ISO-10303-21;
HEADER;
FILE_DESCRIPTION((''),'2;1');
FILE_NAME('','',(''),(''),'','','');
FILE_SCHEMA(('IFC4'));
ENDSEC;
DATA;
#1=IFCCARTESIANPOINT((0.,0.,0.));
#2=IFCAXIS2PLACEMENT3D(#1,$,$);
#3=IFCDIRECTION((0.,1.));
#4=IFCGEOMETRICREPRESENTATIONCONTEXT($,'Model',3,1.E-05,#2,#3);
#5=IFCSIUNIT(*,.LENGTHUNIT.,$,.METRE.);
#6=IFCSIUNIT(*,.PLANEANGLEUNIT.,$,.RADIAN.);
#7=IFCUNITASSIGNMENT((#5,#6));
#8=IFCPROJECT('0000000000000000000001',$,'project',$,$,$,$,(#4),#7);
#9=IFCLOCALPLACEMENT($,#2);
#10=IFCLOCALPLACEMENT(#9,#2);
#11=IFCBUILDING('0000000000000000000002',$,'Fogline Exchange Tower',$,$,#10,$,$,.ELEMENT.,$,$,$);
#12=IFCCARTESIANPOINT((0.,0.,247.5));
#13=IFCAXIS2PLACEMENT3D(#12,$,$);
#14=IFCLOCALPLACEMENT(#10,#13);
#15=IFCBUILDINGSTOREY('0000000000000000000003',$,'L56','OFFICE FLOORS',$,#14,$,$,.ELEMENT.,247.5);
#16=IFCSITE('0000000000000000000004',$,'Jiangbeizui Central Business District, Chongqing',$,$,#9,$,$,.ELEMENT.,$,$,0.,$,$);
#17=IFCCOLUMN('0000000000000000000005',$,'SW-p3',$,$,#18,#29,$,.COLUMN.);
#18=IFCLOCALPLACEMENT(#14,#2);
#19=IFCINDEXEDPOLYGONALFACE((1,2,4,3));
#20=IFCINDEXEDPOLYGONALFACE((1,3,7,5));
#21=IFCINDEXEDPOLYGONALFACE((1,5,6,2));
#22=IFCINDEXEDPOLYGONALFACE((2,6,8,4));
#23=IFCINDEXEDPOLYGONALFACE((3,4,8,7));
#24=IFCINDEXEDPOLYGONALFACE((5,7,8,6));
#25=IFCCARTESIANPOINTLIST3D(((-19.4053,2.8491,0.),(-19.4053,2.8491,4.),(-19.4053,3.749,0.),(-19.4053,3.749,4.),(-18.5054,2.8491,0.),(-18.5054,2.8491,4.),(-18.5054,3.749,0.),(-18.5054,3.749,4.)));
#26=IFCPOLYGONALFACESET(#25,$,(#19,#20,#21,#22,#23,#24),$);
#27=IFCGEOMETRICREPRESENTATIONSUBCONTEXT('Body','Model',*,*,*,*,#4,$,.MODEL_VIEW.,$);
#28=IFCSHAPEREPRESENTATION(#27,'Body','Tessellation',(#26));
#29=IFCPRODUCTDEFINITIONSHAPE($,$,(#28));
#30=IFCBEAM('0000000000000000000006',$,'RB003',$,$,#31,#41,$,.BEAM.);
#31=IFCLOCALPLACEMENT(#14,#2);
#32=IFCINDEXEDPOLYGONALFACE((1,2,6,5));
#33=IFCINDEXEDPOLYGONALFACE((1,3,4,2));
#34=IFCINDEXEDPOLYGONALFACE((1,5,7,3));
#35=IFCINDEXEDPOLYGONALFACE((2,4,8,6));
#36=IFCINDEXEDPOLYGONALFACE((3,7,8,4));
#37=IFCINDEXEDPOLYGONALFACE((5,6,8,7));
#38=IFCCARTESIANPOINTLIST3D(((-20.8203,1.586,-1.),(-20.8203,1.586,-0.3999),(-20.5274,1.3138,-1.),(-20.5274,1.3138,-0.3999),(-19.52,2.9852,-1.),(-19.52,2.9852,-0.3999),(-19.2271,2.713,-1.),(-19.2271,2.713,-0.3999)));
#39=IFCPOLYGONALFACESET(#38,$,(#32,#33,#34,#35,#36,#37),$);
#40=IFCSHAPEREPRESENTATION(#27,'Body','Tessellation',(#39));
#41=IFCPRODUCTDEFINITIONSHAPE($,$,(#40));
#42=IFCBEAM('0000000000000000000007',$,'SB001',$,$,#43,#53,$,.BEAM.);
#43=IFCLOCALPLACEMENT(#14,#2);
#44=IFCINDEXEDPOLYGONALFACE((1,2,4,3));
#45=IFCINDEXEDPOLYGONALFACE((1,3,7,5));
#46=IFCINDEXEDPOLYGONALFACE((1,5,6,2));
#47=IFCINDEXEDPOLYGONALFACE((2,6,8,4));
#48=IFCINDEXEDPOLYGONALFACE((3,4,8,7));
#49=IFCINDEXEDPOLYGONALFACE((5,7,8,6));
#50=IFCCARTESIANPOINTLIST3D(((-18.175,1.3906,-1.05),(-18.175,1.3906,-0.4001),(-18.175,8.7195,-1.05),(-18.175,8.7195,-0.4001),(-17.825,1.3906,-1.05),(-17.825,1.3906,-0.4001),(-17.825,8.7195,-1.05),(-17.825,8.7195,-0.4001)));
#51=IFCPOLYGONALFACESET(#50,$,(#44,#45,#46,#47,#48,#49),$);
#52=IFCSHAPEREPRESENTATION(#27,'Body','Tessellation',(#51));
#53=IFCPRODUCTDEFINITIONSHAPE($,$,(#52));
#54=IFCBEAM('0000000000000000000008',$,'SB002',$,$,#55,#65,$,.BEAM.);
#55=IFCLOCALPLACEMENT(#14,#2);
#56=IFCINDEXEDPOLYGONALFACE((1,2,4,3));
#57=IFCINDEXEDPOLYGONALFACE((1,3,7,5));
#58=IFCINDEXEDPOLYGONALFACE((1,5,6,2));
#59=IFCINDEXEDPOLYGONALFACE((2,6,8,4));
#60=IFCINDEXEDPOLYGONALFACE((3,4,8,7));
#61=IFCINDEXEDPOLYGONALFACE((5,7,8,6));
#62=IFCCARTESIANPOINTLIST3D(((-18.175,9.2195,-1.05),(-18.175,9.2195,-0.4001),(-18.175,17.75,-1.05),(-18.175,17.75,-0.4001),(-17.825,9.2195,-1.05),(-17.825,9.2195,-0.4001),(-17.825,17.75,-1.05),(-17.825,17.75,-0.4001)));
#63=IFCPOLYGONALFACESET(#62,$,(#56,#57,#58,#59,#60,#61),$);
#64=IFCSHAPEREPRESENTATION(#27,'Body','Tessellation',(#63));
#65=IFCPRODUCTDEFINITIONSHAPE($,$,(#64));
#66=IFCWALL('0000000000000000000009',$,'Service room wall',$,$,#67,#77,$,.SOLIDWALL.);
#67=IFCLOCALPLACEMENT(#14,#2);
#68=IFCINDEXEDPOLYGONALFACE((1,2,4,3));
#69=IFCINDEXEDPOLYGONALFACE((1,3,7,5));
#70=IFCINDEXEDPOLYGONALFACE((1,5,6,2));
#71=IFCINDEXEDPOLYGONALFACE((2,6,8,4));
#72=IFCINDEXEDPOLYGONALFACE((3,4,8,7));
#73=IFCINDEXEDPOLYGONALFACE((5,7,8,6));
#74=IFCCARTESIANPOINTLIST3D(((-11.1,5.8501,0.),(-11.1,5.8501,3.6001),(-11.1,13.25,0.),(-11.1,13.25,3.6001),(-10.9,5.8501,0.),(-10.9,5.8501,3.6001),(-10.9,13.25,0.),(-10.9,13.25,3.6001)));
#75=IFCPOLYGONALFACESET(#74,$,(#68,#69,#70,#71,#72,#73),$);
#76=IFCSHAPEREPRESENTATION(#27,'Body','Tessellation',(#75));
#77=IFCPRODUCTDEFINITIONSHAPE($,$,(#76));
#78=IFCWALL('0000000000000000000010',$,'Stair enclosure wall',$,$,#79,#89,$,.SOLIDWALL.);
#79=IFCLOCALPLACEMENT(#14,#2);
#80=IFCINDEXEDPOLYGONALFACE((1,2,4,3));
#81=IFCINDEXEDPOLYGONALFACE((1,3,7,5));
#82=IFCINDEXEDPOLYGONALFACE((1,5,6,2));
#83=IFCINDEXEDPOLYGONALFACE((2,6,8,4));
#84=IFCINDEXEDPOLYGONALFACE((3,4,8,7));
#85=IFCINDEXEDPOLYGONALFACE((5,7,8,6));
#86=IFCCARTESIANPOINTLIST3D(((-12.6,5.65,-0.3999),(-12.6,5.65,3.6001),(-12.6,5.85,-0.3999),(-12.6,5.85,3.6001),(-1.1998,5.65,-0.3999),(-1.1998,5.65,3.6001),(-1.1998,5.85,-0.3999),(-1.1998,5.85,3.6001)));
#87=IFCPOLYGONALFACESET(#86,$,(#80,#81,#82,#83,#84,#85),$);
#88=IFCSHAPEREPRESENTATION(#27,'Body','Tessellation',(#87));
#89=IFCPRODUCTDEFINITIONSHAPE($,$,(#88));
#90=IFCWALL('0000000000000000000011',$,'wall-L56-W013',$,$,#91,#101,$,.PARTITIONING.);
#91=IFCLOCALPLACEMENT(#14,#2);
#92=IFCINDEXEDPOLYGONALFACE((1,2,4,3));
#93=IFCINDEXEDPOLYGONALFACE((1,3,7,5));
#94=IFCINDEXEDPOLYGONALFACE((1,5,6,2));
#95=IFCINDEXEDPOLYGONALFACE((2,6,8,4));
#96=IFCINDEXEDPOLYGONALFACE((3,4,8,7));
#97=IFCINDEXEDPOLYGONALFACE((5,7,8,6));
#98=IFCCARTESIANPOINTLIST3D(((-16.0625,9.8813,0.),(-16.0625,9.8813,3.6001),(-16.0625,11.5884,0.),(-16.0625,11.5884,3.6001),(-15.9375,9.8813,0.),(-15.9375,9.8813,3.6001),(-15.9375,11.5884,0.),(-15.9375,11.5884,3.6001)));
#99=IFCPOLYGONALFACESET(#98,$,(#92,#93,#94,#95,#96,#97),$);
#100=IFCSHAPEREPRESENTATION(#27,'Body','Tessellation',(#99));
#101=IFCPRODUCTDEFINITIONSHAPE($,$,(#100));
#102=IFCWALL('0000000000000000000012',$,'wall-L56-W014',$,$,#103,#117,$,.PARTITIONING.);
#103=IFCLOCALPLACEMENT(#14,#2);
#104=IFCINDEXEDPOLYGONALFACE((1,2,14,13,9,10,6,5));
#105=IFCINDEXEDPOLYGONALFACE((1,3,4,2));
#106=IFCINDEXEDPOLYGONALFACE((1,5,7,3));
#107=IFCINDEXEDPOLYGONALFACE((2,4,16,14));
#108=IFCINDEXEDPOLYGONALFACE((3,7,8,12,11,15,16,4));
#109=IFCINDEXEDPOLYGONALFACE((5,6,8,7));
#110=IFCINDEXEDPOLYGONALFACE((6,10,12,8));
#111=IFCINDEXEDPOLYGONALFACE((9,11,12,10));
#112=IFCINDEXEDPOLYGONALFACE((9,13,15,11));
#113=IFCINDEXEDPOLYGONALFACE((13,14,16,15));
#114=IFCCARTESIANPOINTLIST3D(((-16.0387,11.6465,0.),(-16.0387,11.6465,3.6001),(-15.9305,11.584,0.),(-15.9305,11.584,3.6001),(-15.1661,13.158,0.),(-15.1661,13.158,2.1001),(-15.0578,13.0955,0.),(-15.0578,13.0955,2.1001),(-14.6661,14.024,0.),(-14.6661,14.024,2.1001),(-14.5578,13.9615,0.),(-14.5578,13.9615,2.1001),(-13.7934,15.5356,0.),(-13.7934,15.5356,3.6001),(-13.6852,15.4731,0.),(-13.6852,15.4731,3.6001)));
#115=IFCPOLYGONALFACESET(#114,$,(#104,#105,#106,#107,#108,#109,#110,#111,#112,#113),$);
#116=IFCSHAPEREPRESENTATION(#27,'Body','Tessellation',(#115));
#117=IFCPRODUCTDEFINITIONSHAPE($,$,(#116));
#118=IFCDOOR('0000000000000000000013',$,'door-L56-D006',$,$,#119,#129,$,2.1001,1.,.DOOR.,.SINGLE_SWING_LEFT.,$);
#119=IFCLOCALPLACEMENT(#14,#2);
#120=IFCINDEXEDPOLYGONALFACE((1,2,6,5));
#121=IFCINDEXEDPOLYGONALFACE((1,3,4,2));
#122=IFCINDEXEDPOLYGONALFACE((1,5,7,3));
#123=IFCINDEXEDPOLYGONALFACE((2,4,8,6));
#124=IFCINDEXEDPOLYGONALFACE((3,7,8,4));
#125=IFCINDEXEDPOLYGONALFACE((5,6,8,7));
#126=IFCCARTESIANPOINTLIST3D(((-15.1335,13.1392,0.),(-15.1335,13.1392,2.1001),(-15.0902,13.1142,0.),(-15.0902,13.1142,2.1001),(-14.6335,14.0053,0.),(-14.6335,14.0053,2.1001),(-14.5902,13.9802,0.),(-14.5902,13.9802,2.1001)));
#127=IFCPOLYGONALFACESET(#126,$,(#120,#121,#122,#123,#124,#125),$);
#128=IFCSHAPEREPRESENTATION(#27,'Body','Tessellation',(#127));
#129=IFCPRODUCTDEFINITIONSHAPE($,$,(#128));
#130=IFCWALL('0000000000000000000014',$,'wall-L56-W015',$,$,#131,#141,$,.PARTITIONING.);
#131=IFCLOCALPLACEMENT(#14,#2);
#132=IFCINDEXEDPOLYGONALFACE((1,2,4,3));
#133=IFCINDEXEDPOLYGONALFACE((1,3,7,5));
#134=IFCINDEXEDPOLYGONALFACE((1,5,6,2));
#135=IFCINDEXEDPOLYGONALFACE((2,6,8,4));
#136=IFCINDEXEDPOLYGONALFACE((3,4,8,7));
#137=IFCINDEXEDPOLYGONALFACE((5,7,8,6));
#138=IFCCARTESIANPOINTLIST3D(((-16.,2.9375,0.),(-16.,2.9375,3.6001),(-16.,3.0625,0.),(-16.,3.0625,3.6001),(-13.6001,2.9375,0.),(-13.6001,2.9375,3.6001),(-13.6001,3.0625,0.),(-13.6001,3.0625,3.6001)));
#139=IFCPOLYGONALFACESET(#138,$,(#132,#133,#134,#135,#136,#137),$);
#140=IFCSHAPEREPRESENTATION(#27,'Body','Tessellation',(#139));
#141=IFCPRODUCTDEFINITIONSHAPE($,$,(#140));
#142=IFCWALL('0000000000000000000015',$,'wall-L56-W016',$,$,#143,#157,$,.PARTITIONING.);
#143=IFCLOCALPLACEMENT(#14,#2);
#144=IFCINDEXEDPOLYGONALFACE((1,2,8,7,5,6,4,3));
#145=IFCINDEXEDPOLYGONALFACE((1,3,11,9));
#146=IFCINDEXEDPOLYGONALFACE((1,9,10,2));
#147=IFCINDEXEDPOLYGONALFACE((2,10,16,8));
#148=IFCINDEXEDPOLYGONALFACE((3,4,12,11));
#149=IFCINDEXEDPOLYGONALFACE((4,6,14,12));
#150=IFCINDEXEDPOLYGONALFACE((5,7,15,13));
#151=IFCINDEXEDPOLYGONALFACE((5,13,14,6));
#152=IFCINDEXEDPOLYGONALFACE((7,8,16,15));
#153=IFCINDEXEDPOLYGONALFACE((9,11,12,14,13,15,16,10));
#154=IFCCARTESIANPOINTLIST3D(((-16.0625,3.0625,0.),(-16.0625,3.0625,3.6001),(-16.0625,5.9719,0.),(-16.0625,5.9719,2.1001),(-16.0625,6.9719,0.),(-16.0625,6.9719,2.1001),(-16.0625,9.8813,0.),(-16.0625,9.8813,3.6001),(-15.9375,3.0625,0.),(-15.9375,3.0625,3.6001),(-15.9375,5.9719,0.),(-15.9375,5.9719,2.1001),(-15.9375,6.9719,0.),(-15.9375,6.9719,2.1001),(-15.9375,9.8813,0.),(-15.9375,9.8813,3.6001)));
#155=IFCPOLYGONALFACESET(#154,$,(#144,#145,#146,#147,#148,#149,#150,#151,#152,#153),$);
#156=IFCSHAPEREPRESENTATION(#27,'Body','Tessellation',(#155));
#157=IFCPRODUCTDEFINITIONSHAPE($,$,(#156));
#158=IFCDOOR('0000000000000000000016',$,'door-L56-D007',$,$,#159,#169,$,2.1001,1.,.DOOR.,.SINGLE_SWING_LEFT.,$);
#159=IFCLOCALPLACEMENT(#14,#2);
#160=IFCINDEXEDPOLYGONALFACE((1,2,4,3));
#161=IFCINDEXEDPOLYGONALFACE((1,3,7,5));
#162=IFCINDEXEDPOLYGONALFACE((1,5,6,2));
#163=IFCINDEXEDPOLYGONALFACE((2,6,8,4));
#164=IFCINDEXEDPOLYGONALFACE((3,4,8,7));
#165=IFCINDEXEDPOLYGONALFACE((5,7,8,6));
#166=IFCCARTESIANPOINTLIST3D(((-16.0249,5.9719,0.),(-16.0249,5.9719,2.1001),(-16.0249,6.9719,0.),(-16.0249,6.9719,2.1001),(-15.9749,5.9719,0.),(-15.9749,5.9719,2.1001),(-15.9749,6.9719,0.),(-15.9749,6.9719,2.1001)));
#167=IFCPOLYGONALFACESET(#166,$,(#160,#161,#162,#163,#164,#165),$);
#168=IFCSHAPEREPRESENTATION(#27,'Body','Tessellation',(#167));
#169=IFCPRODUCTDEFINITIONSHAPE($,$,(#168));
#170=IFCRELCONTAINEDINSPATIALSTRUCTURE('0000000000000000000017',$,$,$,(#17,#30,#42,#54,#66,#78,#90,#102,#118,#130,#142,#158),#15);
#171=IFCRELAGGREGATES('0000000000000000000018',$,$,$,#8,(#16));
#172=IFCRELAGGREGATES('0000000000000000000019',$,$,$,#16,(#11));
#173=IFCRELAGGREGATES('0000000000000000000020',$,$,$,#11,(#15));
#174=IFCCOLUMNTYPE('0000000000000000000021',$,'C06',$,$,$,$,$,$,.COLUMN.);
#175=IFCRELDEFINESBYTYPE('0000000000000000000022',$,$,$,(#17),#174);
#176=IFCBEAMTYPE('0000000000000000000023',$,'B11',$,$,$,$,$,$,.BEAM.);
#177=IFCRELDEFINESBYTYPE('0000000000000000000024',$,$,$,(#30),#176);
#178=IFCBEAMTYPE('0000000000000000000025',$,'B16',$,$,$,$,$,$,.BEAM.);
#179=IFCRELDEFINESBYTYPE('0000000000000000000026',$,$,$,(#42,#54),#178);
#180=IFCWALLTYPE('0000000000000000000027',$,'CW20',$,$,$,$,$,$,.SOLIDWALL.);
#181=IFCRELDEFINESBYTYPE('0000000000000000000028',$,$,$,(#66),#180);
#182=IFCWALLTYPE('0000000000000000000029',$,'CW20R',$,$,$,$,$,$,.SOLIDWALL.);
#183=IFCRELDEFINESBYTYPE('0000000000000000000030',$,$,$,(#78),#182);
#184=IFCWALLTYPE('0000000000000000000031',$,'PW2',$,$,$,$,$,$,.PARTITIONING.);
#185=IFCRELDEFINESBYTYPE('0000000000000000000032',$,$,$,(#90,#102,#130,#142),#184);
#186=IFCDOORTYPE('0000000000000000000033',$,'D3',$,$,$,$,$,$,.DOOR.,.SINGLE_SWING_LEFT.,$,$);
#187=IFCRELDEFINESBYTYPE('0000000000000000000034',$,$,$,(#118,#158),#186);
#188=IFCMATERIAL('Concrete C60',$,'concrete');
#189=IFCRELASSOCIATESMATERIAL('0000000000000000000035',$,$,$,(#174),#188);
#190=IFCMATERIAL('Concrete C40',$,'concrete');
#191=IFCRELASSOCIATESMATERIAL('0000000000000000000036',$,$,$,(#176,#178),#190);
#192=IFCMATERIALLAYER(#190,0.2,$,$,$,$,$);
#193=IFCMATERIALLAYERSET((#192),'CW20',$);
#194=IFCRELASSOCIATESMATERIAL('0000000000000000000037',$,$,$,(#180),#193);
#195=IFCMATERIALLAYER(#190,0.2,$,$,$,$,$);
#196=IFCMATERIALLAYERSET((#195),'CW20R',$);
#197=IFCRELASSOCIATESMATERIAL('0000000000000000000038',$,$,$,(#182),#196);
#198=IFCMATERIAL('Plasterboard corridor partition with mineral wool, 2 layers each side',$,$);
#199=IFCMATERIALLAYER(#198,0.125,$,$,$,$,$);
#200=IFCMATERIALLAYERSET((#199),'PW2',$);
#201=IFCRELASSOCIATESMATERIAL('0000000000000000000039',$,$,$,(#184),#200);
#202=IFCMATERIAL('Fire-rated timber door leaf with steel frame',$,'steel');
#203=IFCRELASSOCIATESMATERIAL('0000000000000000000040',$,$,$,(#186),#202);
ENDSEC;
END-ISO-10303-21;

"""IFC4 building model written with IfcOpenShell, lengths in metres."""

from ifc_helpers import new_model, si_unit, direction, frame, frame_2d, origin, origin_2d, place, context, subcontext, project, spatial, rectangle, extrude, material, layer, layer_set, material_profile, profile_set, type_object, element, fill, save


model = new_model("IFC4")

# Units and contexts
model_context = context("Model", 3, precision=1e-05, world=origin(), true_north=direction((0.0, 1.0)))
body_context = subcontext(model_context, "Body", "Model", "MODEL_VIEW")
ifc_project = project(units=[si_unit("LENGTHUNIT", "METRE"), si_unit("PLANEANGLEUNIT", "RADIAN")], contexts=[model_context])

# Site, building, storey
site_placement = place(None, origin())
site = spatial("IfcSite", under=ifc_project, at=site_placement, Name="Jiangbeizui Central Business District, Chongqing", CompositionType="ELEMENT", RefElevation=0.0)
building_placement = place(site_placement, origin())
building = spatial("IfcBuilding", under=site, at=building_placement, Name="Fogline Exchange Tower", CompositionType="ELEMENT")
storey_placement = place(building_placement, frame((0.0, 0.0, 247.5)))
storey = spatial("IfcBuildingStorey", under=building, at=storey_placement, Name="L56", Description="OFFICE FLOORS", CompositionType="ELEMENT", Elevation=247.5)

# Column
ifc_material_1 = material(Name="Concrete C60", Category="concrete")
ifc_material_profile_1 = material_profile(ifc_material_1, rectangle(XDim=0.8999, YDim=0.8999, at=origin_2d()), Name="RC 900x900")
ifc_profile_set_1 = profile_set([ifc_material_profile_1], Name="Concrete C60")
column_type = type_object("IfcColumnType", Name="C06", PredefinedType="COLUMN", material=ifc_profile_set_1)
column_placement = place(storey_placement, frame((-18.9553, 3.2991, 0.0), z_axis=(0.0, 0.0, 1.0), x_axis=(1.0, 0.0, 0.0)))
element("IfcColumn", 1, at=column_placement, inside=storey, type_object=column_type, Name="SW-p3", PredefinedType="COLUMN", context=body_context, shape_type="SweptSolid", body=[
    extrude(rectangle(XDim=0.8999, YDim=0.8999, at=origin_2d()), origin(), (0.0, 0.0, 1.0), 4.0),
])

# Beams
ifc_material_2 = material(Name="Concrete C40", Category="concrete")
ifc_material_profile_2 = material_profile(ifc_material_2, rectangle(XDim=0.3999, YDim=0.6001, at=origin_2d()), Name="RC 400x600")
ifc_profile_set_2 = profile_set([ifc_material_profile_2], Name="Concrete C40")
beam_type_1 = type_object("IfcBeamType", Name="B11", PredefinedType="BEAM", material=ifc_profile_set_2)
beam_1_placement = place(storey_placement, frame((-19.3735, 2.8491, -0.7), z_axis=(-0.68075, -0.732516, 0.0), x_axis=(0.732516, -0.68075, 0.0)))
element("IfcBeam", 2, at=beam_1_placement, inside=storey, type_object=beam_type_1, Name="RB003", PredefinedType="BEAM", context=body_context, shape_type="SweptSolid", body=[
    extrude(rectangle(XDim=0.3999, YDim=0.6001, at=origin_2d()), origin(), (0.0, 0.0, 1.0), 1.9102),
])
ifc_material_profile_3 = material_profile(ifc_material_2, rectangle(XDim=0.3501, YDim=0.6499, at=origin_2d()), Name="RC 350x650")
ifc_profile_set_3 = profile_set([ifc_material_profile_3], Name="Concrete C40")
beam_type_2 = type_object("IfcBeamType", Name="B16", PredefinedType="BEAM", material=ifc_profile_set_3)
beam_2_placement = place(storey_placement, frame((-18.0, 1.3906, -0.7251), z_axis=(0.0, 1.0, 0.0), x_axis=(-1.0, 0.0, 0.0)))
element("IfcBeam", 3, at=beam_2_placement, inside=storey, type_object=beam_type_2, Name="SB001", PredefinedType="BEAM", context=body_context, shape_type="SweptSolid", body=[
    extrude(rectangle(XDim=0.3501, YDim=0.6499, at=origin_2d()), origin(), (0.0, 0.0, 1.0), 7.3289),
])
beam_3_placement = place(storey_placement, frame((-18.0, 9.2195, -0.7251), z_axis=(0.0, 1.0, 0.0), x_axis=(-1.0, 0.0, 0.0)))
element("IfcBeam", 4, at=beam_3_placement, inside=storey, type_object=beam_type_2, Name="SB002", PredefinedType="BEAM", context=body_context, shape_type="SweptSolid", body=[
    extrude(rectangle(XDim=0.3501, YDim=0.6499, at=origin_2d()), origin(), (0.0, 0.0, 1.0), 8.5305),
])

# Walls
ifc_layer_1 = layer(ifc_material_2, 0.2)
ifc_layer_set_1 = layer_set([ifc_layer_1], Name="CW20")
wall_type_1 = type_object("IfcWallType", Name="CW20", PredefinedType="SOLIDWALL", material=ifc_layer_set_1)
wall_1_placement = place(storey_placement, frame((-11.0, 5.8501, 0.0), z_axis=(0.0, 0.0, 1.0), x_axis=(0.0, 1.0, 0.0)))
element("IfcWall", 5, at=wall_1_placement, inside=storey, type_object=wall_type_1, Name="Service room wall", PredefinedType="SOLIDWALL", context=body_context, shape_type="SweptSolid", body=[
    extrude(rectangle(XDim=7.3999, YDim=0.2, at=frame_2d((3.7, 0.0))), origin(), (0.0, 0.0, 1.0), 3.6001),
])
ifc_layer_2 = layer(ifc_material_2, 0.2)
ifc_layer_set_2 = layer_set([ifc_layer_2], Name="CW20R")
wall_type_2 = type_object("IfcWallType", Name="CW20R", PredefinedType="SOLIDWALL", material=ifc_layer_set_2)
wall_2_placement = place(storey_placement, frame((-12.6001, 5.75, -0.3999), z_axis=(0.0, 0.0, 1.0), x_axis=(1.0, 0.0, 0.0)))
element("IfcWall", 6, at=wall_2_placement, inside=storey, type_object=wall_type_2, Name="Stair enclosure wall", PredefinedType="SOLIDWALL", context=body_context, shape_type="SweptSolid", body=[
    extrude(rectangle(XDim=11.4001, YDim=0.2, at=frame_2d((5.7002, 0.0))), origin(), (0.0, 0.0, 1.0), 4.0),
])
ifc_material_3 = material(Name="Plasterboard corridor partition with mineral wool, 2 layers each side")
ifc_layer_3 = layer(ifc_material_3, 0.125)
ifc_layer_set_3 = layer_set([ifc_layer_3], Name="PW2")
wall_type_3 = type_object("IfcWallType", Name="PW2", PredefinedType="PARTITIONING", material=ifc_layer_set_3)
wall_3_placement = place(storey_placement, frame((-16.0, 9.8813, 0.0), z_axis=(0.0, 0.0, 1.0), x_axis=(0.0, 1.0, 0.0)))
element("IfcWall", 7, at=wall_3_placement, inside=storey, type_object=wall_type_3, Name="wall-L56-W013", PredefinedType="PARTITIONING", context=body_context, shape_type="SweptSolid", body=[
    extrude(rectangle(XDim=1.707, YDim=0.125, at=frame_2d((0.8535, 0.0))), origin(), (0.0, 0.0, 1.0), 3.6001),
])

# Wall, opening, door
wall_4_placement = place(storey_placement, frame((-15.9846, 11.6152, 0.0), z_axis=(0.0, 0.0, 1.0), x_axis=(0.499992, 0.86603, 0.0)))
wall_4 = element("IfcWall", 8, at=wall_4_placement, inside=storey, type_object=wall_type_3, Name="wall-L56-W014", PredefinedType="PARTITIONING", context=body_context, shape_type="SweptSolid", body=[
    extrude(rectangle(XDim=4.4907, YDim=0.125, at=frame_2d((2.2454, 0.0))), origin(), (0.0, 0.0, 1.0), 3.6001),
])
opening_1_placement = place(wall_4_placement, frame((1.7454, 0.0, 0.0)))
opening_1 = element("IfcOpeningElement", 9, at=opening_1_placement, cuts=wall_4, PredefinedType="OPENING", context=body_context, shape_type="SweptSolid", body=[
    extrude(rectangle(XDim=1.0, YDim=2.1001, at=frame_2d((0.5, 1.05))), frame((0.0, 0.0725, 0.0), z_axis=(0.0, -1.0, 0.0), x_axis=(1.0, 0.0, 0.0)), (0.0, 0.0, 1.0), 0.145),
])
ifc_material_4 = material(Name="Fire-rated timber door leaf with steel frame", Category="steel")
door_type_1 = type_object("IfcDoorType", Name="D3", OperationType="SINGLE_SWING_LEFT", PredefinedType="DOOR", material=ifc_material_4)
door_1_placement = place(opening_1_placement, origin())
door_1 = element("IfcDoor", 10, at=door_1_placement, inside=storey, type_object=door_type_1, Name="door-L56-D006", OperationType="SINGLE_SWING_LEFT", OverallHeight=2.1001, OverallWidth=1.0, PredefinedType="DOOR", context=body_context, shape_type="SweptSolid", body=[
    extrude(rectangle(XDim=1.0, YDim=2.1001, at=frame_2d((0.5, 1.05))), frame((0.0, 0.0249, 0.0), z_axis=(0.0, -1.0, 0.0), x_axis=(1.0, 0.0, 0.0)), (0.0, 0.0, 1.0), 0.05),
])
fill(opening_1, door_1)

# Wall
wall_5_placement = place(storey_placement, frame((-13.6001, 3.0, 0.0), z_axis=(0.0, 0.0, 1.0), x_axis=(-1.0, 0.0, 0.0)))
element("IfcWall", 11, at=wall_5_placement, inside=storey, type_object=wall_type_3, Name="wall-L56-W015", PredefinedType="PARTITIONING", context=body_context, shape_type="SweptSolid", body=[
    extrude(rectangle(XDim=2.3999, YDim=0.125, at=frame_2d((1.2, 0.0))), origin(), (0.0, 0.0, 1.0), 3.6001),
])

# Wall, opening, door
wall_6_placement = place(storey_placement, frame((-16.0, 3.0625, 0.0), z_axis=(0.0, 0.0, 1.0), x_axis=(0.0, 1.0, 0.0)))
wall_6 = element("IfcWall", 12, at=wall_6_placement, inside=storey, type_object=wall_type_3, Name="wall-L56-W016", PredefinedType="PARTITIONING", context=body_context, shape_type="SweptSolid", body=[
    extrude(rectangle(XDim=6.8188, YDim=0.125, at=frame_2d((3.4094, 0.0))), origin(), (0.0, 0.0, 1.0), 3.6001),
])
opening_2_placement = place(wall_6_placement, frame((2.9094, 0.0, 0.0)))
opening_2 = element("IfcOpeningElement", 13, at=opening_2_placement, cuts=wall_6, PredefinedType="OPENING", context=body_context, shape_type="SweptSolid", body=[
    extrude(rectangle(XDim=1.0, YDim=2.1001, at=frame_2d((0.5, 1.05))), frame((0.0, 0.0725, 0.0), z_axis=(0.0, -1.0, 0.0), x_axis=(1.0, 0.0, 0.0)), (0.0, 0.0, 1.0), 0.145),
])
door_2_placement = place(opening_2_placement, origin())
door_2 = element("IfcDoor", 14, at=door_2_placement, inside=storey, type_object=door_type_1, Name="door-L56-D007", OperationType="SINGLE_SWING_LEFT", OverallHeight=2.1001, OverallWidth=1.0, PredefinedType="DOOR", context=body_context, shape_type="SweptSolid", body=[
    extrude(rectangle(XDim=1.0, YDim=2.1001, at=frame_2d((0.5, 1.05))), frame((0.0, 0.0249, 0.0), z_axis=(0.0, -1.0, 0.0), x_axis=(1.0, 0.0, 0.0)), (0.0, 0.0, 1.0), 0.05),
])
fill(opening_2, door_2)

save(model, "model.ifc")
